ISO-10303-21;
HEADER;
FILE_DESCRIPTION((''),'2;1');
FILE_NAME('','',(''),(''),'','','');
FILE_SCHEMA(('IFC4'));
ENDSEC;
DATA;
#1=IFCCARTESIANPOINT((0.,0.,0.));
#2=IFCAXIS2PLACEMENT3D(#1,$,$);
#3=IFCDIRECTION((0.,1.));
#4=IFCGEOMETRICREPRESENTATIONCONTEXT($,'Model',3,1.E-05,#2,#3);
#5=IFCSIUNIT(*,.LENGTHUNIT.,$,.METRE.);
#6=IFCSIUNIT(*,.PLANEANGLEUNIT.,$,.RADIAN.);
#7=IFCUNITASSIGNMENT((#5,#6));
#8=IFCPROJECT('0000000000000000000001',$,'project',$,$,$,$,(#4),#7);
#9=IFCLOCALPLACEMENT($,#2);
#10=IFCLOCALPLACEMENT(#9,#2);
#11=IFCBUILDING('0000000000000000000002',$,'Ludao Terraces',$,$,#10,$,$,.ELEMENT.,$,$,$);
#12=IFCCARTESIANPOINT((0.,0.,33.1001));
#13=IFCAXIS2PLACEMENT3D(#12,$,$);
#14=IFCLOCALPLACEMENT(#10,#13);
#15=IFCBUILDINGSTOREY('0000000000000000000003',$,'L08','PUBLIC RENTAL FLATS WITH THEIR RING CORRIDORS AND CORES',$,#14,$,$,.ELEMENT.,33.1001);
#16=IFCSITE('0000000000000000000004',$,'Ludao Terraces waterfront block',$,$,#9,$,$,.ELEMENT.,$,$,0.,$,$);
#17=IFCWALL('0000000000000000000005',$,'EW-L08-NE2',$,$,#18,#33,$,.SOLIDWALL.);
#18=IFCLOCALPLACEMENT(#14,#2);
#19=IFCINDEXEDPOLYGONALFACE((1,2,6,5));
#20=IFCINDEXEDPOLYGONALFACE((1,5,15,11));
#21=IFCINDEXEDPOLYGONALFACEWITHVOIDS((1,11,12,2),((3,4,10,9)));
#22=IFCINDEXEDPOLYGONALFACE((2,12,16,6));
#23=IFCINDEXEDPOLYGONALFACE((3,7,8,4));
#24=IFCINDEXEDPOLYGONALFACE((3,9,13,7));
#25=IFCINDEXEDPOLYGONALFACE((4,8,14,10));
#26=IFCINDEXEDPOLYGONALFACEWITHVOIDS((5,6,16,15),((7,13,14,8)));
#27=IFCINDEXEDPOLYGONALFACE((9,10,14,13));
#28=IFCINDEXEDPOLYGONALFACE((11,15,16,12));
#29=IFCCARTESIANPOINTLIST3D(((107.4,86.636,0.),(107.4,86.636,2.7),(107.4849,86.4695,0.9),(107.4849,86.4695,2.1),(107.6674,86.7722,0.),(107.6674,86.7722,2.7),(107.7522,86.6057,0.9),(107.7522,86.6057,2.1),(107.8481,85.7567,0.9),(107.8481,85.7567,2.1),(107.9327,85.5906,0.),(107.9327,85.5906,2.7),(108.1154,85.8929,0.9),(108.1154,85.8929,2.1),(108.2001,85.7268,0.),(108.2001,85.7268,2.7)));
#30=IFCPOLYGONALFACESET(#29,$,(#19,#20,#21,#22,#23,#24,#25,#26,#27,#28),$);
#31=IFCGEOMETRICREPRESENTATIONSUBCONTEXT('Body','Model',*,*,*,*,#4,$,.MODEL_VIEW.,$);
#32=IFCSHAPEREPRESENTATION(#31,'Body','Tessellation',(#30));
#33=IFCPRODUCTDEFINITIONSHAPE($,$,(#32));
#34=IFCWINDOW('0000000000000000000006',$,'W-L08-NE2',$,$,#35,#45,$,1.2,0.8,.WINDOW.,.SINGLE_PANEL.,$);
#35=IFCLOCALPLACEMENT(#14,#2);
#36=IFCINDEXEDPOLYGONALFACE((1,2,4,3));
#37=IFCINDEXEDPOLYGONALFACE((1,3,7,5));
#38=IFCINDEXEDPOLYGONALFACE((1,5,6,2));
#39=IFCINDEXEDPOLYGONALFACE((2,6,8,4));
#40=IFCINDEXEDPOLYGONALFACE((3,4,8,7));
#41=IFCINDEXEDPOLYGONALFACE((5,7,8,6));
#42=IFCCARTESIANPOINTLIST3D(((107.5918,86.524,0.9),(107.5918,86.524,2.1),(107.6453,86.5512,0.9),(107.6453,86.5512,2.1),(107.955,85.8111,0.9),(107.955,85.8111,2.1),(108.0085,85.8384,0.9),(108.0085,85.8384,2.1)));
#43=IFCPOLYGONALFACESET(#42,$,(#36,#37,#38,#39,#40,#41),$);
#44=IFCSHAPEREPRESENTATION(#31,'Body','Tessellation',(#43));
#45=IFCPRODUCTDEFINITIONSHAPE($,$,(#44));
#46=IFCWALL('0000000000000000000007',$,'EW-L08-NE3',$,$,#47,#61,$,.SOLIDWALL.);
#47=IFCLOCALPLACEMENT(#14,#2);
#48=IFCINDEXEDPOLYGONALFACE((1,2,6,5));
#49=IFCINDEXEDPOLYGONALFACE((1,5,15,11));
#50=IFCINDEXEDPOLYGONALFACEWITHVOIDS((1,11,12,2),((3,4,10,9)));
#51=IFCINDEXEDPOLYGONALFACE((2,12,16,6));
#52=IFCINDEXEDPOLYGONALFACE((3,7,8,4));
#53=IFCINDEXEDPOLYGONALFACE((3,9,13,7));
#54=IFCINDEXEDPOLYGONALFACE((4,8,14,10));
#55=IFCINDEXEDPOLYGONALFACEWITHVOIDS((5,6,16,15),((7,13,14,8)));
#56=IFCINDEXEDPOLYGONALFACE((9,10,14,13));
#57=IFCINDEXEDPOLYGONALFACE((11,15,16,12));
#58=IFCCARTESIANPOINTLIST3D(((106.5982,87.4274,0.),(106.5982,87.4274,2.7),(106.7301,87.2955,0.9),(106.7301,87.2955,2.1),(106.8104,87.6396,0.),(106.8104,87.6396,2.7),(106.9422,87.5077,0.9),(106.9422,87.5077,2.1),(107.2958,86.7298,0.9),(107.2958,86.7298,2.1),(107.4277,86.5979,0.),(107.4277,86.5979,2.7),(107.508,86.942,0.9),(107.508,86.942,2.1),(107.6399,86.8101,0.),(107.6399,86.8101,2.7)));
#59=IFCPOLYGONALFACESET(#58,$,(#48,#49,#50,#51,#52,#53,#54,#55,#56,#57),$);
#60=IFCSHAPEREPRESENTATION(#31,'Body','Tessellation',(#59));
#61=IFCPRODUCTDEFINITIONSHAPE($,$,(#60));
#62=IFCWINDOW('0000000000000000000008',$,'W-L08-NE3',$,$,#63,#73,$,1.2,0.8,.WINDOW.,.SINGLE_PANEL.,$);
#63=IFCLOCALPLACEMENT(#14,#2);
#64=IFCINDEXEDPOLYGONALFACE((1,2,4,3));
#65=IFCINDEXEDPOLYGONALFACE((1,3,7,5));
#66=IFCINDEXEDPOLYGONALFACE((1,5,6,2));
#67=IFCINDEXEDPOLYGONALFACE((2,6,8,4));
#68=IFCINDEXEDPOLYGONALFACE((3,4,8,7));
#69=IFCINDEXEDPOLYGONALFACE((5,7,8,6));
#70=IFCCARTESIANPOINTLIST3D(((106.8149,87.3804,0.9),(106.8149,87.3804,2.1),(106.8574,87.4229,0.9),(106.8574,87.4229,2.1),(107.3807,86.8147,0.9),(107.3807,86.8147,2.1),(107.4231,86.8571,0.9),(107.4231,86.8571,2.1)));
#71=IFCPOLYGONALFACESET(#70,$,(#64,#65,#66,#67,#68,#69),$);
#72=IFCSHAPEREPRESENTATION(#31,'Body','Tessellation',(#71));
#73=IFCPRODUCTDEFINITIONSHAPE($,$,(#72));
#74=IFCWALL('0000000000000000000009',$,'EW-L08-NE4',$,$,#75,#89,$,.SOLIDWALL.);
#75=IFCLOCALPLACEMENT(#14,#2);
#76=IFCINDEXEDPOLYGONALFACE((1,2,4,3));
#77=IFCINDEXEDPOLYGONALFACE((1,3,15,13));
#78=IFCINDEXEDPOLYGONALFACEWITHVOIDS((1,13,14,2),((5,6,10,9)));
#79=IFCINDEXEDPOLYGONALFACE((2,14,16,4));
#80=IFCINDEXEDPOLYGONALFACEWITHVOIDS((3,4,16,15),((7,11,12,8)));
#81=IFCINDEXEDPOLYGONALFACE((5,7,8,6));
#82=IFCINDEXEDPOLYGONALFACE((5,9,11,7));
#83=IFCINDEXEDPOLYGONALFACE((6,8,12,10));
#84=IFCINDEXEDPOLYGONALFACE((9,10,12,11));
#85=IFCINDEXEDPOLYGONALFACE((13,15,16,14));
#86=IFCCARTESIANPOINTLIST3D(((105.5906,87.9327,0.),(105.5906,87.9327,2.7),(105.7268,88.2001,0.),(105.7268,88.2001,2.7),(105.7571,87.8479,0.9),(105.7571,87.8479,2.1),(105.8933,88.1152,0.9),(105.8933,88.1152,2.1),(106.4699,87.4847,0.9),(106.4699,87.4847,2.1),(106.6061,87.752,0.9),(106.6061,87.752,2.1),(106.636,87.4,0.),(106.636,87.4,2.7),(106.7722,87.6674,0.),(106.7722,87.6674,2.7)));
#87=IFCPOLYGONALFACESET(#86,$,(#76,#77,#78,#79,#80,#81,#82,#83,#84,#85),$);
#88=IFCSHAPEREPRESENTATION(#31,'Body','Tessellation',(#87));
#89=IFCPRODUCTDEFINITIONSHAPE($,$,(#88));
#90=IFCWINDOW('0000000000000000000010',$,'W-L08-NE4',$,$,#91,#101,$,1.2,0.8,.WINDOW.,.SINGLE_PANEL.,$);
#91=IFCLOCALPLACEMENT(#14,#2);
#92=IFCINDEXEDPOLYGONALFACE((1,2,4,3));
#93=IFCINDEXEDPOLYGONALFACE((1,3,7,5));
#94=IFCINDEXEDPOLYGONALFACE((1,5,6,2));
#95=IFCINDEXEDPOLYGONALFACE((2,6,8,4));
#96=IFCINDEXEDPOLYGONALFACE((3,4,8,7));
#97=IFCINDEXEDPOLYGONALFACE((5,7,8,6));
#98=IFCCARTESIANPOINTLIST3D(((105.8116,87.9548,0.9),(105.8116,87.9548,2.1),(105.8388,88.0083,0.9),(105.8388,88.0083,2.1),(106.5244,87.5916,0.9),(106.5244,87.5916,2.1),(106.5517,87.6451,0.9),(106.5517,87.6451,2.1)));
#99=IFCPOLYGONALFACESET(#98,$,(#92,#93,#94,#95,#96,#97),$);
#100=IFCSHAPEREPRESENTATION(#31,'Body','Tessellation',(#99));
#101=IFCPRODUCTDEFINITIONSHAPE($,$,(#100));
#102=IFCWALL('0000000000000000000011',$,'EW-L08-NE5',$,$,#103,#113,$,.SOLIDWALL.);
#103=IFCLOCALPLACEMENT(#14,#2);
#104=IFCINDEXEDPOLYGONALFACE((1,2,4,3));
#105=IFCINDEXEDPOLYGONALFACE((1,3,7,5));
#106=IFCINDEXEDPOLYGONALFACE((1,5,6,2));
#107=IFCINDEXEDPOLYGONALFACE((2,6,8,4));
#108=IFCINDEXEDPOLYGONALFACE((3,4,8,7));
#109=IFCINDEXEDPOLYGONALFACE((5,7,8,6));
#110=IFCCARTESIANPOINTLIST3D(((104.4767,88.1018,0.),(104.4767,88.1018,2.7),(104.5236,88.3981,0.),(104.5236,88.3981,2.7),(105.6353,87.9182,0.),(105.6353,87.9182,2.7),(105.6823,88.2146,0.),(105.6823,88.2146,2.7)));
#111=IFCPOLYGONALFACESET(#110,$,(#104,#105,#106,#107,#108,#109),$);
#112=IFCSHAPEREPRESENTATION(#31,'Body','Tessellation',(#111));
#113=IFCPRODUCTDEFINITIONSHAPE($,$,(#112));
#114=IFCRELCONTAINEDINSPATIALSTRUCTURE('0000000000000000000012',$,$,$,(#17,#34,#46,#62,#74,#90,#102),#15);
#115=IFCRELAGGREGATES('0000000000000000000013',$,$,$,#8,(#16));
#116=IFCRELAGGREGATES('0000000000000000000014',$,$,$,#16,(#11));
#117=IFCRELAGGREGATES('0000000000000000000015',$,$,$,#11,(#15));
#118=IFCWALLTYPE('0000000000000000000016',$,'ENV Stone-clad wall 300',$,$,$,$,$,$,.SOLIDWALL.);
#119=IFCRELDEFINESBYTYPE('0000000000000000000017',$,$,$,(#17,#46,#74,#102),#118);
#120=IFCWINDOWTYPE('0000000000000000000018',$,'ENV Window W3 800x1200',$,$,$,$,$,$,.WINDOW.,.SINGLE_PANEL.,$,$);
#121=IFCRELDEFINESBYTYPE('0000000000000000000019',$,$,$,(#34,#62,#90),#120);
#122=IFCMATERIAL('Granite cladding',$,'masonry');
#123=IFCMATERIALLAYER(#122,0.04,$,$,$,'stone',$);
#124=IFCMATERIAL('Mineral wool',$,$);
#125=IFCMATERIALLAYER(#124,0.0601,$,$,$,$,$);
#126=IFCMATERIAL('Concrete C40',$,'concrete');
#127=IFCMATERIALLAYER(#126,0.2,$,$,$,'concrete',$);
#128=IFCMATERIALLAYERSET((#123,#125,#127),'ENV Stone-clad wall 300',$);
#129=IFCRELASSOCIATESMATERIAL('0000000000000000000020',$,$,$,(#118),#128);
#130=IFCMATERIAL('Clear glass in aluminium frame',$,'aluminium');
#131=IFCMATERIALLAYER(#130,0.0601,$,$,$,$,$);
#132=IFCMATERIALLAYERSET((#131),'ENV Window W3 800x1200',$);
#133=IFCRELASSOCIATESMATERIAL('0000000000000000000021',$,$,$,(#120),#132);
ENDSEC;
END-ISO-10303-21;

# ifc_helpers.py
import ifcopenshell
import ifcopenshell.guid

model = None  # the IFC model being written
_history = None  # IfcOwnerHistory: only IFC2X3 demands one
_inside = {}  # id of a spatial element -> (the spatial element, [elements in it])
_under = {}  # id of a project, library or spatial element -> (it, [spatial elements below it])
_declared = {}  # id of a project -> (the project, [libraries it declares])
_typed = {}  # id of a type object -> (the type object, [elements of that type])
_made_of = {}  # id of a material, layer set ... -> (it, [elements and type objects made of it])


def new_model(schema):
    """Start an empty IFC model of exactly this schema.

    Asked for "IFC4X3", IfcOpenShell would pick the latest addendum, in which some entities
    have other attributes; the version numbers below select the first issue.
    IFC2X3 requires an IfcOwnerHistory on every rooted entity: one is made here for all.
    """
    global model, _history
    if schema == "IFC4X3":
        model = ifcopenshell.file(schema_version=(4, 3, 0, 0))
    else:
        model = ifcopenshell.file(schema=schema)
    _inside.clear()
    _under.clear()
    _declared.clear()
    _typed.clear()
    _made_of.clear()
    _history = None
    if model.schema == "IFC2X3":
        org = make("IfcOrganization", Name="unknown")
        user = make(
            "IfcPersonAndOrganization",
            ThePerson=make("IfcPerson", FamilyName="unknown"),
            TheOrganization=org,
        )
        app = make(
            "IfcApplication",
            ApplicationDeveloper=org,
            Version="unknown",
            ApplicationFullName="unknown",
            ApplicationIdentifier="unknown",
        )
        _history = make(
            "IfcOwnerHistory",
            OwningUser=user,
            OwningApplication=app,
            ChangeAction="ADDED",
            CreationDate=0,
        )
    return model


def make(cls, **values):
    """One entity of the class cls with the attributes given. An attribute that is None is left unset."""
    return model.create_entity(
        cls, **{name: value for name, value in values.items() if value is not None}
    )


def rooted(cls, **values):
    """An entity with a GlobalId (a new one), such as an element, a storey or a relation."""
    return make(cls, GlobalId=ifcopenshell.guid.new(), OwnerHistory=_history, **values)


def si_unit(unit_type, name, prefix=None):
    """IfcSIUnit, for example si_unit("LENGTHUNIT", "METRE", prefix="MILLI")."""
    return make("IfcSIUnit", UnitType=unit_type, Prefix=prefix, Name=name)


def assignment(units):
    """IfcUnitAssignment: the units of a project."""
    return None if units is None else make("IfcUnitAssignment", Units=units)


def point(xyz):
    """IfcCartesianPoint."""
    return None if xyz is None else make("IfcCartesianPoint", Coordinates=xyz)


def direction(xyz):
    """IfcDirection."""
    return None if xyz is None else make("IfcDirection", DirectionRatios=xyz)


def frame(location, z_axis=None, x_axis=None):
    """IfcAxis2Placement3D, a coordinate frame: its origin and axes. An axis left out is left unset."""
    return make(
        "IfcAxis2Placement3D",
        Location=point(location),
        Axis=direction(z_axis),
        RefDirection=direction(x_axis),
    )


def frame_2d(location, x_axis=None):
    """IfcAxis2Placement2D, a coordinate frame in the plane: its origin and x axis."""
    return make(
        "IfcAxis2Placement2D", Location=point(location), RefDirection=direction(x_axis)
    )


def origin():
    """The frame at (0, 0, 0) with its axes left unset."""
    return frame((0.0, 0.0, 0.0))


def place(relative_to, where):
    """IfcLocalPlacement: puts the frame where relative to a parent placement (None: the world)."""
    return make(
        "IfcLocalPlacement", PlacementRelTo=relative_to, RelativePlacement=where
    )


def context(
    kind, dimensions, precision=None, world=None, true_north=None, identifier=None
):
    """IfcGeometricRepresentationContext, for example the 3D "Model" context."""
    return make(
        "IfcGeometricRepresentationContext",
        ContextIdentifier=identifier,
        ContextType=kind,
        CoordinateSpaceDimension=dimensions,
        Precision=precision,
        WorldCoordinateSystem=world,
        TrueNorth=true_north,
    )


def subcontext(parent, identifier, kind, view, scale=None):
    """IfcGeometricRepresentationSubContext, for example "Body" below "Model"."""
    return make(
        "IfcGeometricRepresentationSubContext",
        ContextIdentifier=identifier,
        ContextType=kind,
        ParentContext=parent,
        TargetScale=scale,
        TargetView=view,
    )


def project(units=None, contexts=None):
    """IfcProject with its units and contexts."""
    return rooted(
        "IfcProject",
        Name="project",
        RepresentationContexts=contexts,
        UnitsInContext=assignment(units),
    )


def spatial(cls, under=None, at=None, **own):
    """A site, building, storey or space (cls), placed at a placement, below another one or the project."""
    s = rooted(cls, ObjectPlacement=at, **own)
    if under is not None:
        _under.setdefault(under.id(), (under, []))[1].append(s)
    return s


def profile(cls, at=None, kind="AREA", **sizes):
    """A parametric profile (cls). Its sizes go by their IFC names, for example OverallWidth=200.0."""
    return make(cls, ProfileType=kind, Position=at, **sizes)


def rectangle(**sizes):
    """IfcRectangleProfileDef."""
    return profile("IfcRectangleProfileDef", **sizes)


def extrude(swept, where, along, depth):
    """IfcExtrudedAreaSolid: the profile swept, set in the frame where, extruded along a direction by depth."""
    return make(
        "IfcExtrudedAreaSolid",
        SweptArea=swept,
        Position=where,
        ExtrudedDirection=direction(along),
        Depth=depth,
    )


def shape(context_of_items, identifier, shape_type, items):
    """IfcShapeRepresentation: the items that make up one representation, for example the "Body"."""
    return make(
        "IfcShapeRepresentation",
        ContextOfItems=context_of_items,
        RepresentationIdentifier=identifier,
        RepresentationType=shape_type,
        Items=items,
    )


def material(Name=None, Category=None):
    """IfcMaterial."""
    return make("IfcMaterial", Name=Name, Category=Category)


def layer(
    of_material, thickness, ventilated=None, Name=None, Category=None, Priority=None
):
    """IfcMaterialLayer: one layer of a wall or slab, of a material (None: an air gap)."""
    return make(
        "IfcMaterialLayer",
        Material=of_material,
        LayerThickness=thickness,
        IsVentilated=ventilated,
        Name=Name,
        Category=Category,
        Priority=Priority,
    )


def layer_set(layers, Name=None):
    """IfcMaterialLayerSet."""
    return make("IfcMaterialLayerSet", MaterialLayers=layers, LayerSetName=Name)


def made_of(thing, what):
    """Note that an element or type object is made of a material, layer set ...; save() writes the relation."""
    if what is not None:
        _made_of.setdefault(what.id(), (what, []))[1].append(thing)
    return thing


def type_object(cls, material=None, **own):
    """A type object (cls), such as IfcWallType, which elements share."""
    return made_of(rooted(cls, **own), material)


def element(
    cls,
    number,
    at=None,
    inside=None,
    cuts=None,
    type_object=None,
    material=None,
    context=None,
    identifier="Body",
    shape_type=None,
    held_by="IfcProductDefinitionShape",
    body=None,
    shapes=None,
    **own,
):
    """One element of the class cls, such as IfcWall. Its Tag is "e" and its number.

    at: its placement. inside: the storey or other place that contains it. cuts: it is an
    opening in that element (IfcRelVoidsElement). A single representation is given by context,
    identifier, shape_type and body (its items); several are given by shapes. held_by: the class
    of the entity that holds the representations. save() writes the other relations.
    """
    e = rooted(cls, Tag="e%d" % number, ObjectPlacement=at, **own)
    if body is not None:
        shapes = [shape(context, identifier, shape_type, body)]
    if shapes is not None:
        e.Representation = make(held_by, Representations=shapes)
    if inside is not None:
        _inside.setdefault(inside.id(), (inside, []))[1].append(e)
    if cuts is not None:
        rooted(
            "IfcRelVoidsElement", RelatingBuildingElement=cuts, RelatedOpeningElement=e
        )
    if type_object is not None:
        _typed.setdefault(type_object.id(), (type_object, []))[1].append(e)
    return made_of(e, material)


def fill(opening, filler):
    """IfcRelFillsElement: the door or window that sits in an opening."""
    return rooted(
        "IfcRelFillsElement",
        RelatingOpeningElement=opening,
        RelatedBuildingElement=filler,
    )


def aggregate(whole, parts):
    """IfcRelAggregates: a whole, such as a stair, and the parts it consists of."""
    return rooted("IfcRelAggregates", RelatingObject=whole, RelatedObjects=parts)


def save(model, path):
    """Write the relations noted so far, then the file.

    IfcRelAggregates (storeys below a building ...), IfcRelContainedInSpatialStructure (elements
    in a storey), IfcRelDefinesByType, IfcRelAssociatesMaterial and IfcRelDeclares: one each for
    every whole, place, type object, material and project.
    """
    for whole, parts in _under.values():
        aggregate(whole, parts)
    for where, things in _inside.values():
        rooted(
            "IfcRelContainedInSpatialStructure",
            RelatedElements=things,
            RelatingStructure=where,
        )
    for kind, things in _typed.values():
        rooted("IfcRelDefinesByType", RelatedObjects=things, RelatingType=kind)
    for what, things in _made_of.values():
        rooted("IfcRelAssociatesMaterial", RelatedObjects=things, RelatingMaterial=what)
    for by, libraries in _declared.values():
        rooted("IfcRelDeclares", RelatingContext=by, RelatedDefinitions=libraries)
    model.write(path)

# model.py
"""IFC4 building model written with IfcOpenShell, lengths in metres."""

from ifc_helpers import new_model, si_unit, direction, frame, frame_2d, origin, place, context, subcontext, project, spatial, rectangle, extrude, material, layer, layer_set, type_object, element, fill, save


model = new_model("IFC4")

# Units and contexts
model_context = context("Model", 3, precision=1e-05, world=origin(), true_north=direction((0.0, 1.0)))
body_context = subcontext(model_context, "Body", "Model", "MODEL_VIEW")
ifc_project = project(units=[si_unit("LENGTHUNIT", "METRE"), si_unit("PLANEANGLEUNIT", "RADIAN")], contexts=[model_context])

# Site, building, storey
site_placement = place(None, origin())
site = spatial("IfcSite", under=ifc_project, at=site_placement, Name="Ludao Terraces waterfront block", CompositionType="ELEMENT", RefElevation=0.0)
building_placement = place(site_placement, origin())
building = spatial("IfcBuilding", under=site, at=building_placement, Name="Ludao Terraces", CompositionType="ELEMENT")
storey_placement = place(building_placement, frame((0.0, 0.0, 33.1001)))
storey = spatial("IfcBuildingStorey", under=building, at=storey_placement, Name="L08", Description="PUBLIC RENTAL FLATS WITH THEIR RING CORRIDORS AND CORES", CompositionType="ELEMENT", Elevation=33.1001)

# Shared definitions
ifc_material_1 = material(Name="Concrete C40", Category="concrete")

# Shared definitions
ifc_material_2 = material(Name="Granite cladding", Category="masonry")
ifc_layer_1 = layer(ifc_material_2, 0.04, Category="stone")
ifc_material_3 = material(Name="Mineral wool")
ifc_layer_2 = layer(ifc_material_3, 0.0601)
ifc_layer_3 = layer(ifc_material_1, 0.2, Category="concrete")
ifc_layer_set_1 = layer_set([ifc_layer_1, ifc_layer_2, ifc_layer_3], Name="ENV Stone-clad wall 300")
wall_type_1 = type_object("IfcWallType", Name="ENV Stone-clad wall 300", PredefinedType="SOLIDWALL", material=ifc_layer_set_1)
ifc_material_4 = material(Name="Clear glass in aluminium frame", Category="aluminium")

# Walls, openings, windows
wall_1_placement = place(storey_placement, frame((108.0664, 85.6587, 0.0), z_axis=(0.0, 0.0, 1.0), x_axis=(-0.454026, 0.890989, 0.0)))
wall_1 = element("IfcWall", 1, at=wall_1_placement, inside=storey, type_object=wall_type_1, Name="EW-L08-NE2", PredefinedType="SOLIDWALL", context=body_context, shape_type="SweptSolid", body=[
    extrude(rectangle(XDim=1.1733, YDim=0.3, at=frame_2d((0.5867, 0.0))), origin(), (0.0, 0.0, 1.0), 2.7),
])
opening_1_placement = place(wall_1_placement, frame((0.1865, 0.0, 0.8999)))
opening_1 = element("IfcOpeningElement", 2, at=opening_1_placement, cuts=wall_1, PredefinedType="OPENING", context=body_context, shape_type="SweptSolid", body=[
    extrude(rectangle(XDim=0.8, YDim=1.2, at=frame_2d((0.3999, 0.6001))), frame((0.0, 0.1602, 0.0), z_axis=(0.0, -1.0, 0.0), x_axis=(1.0, 0.0, 0.0)), (0.0, 0.0, 1.0), 0.3201),
])
ifc_layer_4 = layer(ifc_material_4, 0.0601)
ifc_layer_set_2 = layer_set([ifc_layer_4], Name="ENV Window W3 800x1200")
window_type_1 = type_object("IfcWindowType", Name="ENV Window W3 800x1200", PartitioningType="SINGLE_PANEL", PredefinedType="WINDOW", material=ifc_layer_set_2)
window_1_placement = place(opening_1_placement, origin())
window_1 = element("IfcWindow", 3, at=window_1_placement, inside=storey, type_object=window_type_1, Name="W-L08-NE2", OverallHeight=1.2, OverallWidth=0.8, PartitioningType="SINGLE_PANEL", PredefinedType="WINDOW", context=body_context, shape_type="SweptSolid", body=[
    extrude(rectangle(XDim=0.8, YDim=1.2, at=frame_2d((0.3999, 0.6001))), frame((0.0, 0.03, 0.0), z_axis=(0.0, -1.0, 0.0), x_axis=(1.0, 0.0, 0.0)), (0.0, 0.0, 1.0), 0.0601),
])
fill(opening_1, window_1)
wall_2_placement = place(storey_placement, frame((107.5337, 86.7041, 0.0), z_axis=(0.0, 0.0, 1.0), x_axis=(-0.707107, 0.707107, 0.0)))
wall_2 = element("IfcWall", 4, at=wall_2_placement, inside=storey, type_object=wall_type_1, Name="EW-L08-NE3", PredefinedType="SOLIDWALL", context=body_context, shape_type="SweptSolid", body=[
    extrude(rectangle(XDim=1.1731, YDim=0.3, at=frame_2d((0.5864, 0.0))), origin(), (0.0, 0.0, 1.0), 2.7),
])
opening_2_placement = place(wall_2_placement, frame((0.1865, 0.0, 0.8999)))
opening_2 = element("IfcOpeningElement", 5, at=opening_2_placement, cuts=wall_2, PredefinedType="OPENING", context=body_context, shape_type="SweptSolid", body=[
    extrude(rectangle(XDim=0.8, YDim=1.2, at=frame_2d((0.3999, 0.6001))), frame((0.0, 0.1602, 0.0), z_axis=(0.0, -1.0, 0.0), x_axis=(1.0, 0.0, 0.0)), (0.0, 0.0, 1.0), 0.3201),
])
window_2_placement = place(opening_2_placement, origin())
window_2 = element("IfcWindow", 6, at=window_2_placement, inside=storey, type_object=window_type_1, Name="W-L08-NE3", OverallHeight=1.2, OverallWidth=0.8, PartitioningType="SINGLE_PANEL", PredefinedType="WINDOW", context=body_context, shape_type="SweptSolid", body=[
    extrude(rectangle(XDim=0.8, YDim=1.2, at=frame_2d((0.3999, 0.6001))), frame((0.0, 0.03, 0.0), z_axis=(0.0, -1.0, 0.0), x_axis=(1.0, 0.0, 0.0)), (0.0, 0.0, 1.0), 0.0601),
])
fill(opening_2, window_2)
wall_3_placement = place(storey_placement, frame((106.7041, 87.5337, 0.0), z_axis=(0.0, 0.0, 1.0), x_axis=(-0.890989, 0.454026, 0.0)))
wall_3 = element("IfcWall", 7, at=wall_3_placement, inside=storey, type_object=wall_type_1, Name="EW-L08-NE4", PredefinedType="SOLIDWALL", context=body_context, shape_type="SweptSolid", body=[
    extrude(rectangle(XDim=1.1733, YDim=0.3, at=frame_2d((0.5867, 0.0))), origin(), (0.0, 0.0, 1.0), 2.7),
])
opening_3_placement = place(wall_3_placement, frame((0.1865, 0.0, 0.8999)))
opening_3 = element("IfcOpeningElement", 8, at=opening_3_placement, cuts=wall_3, PredefinedType="OPENING", context=body_context, shape_type="SweptSolid", body=[
    extrude(rectangle(XDim=0.8, YDim=1.2, at=frame_2d((0.3999, 0.6001))), frame((0.0, 0.1602, 0.0), z_axis=(0.0, -1.0, 0.0), x_axis=(1.0, 0.0, 0.0)), (0.0, 0.0, 1.0), 0.3201),
])
window_3_placement = place(opening_3_placement, origin())
window_3 = element("IfcWindow", 9, at=window_3_placement, inside=storey, type_object=window_type_1, Name="W-L08-NE4", OverallHeight=1.2, OverallWidth=0.8, PartitioningType="SINGLE_PANEL", PredefinedType="WINDOW", context=body_context, shape_type="SweptSolid", body=[
    extrude(rectangle(XDim=0.8, YDim=1.2, at=frame_2d((0.3999, 0.6001))), frame((0.0, 0.03, 0.0), z_axis=(0.0, -1.0, 0.0), x_axis=(1.0, 0.0, 0.0)), (0.0, 0.0, 1.0), 0.0601),
])
fill(opening_3, window_3)

# Wall
wall_4_placement = place(storey_placement, frame((105.6587, 88.0664, 0.0), z_axis=(0.0, 0.0, 1.0), x_axis=(-0.987678, 0.156497, 0.0)))
element("IfcWall", 10, at=wall_4_placement, inside=storey, type_object=wall_type_1, Name="EW-L08-NE5", PredefinedType="SOLIDWALL", context=body_context, shape_type="SweptSolid", body=[
    extrude(rectangle(XDim=1.1731, YDim=0.3, at=frame_2d((0.5864, 0.0))), origin(), (0.0, 0.0, 1.0), 2.7),
])

save(model, "model.ifc")
